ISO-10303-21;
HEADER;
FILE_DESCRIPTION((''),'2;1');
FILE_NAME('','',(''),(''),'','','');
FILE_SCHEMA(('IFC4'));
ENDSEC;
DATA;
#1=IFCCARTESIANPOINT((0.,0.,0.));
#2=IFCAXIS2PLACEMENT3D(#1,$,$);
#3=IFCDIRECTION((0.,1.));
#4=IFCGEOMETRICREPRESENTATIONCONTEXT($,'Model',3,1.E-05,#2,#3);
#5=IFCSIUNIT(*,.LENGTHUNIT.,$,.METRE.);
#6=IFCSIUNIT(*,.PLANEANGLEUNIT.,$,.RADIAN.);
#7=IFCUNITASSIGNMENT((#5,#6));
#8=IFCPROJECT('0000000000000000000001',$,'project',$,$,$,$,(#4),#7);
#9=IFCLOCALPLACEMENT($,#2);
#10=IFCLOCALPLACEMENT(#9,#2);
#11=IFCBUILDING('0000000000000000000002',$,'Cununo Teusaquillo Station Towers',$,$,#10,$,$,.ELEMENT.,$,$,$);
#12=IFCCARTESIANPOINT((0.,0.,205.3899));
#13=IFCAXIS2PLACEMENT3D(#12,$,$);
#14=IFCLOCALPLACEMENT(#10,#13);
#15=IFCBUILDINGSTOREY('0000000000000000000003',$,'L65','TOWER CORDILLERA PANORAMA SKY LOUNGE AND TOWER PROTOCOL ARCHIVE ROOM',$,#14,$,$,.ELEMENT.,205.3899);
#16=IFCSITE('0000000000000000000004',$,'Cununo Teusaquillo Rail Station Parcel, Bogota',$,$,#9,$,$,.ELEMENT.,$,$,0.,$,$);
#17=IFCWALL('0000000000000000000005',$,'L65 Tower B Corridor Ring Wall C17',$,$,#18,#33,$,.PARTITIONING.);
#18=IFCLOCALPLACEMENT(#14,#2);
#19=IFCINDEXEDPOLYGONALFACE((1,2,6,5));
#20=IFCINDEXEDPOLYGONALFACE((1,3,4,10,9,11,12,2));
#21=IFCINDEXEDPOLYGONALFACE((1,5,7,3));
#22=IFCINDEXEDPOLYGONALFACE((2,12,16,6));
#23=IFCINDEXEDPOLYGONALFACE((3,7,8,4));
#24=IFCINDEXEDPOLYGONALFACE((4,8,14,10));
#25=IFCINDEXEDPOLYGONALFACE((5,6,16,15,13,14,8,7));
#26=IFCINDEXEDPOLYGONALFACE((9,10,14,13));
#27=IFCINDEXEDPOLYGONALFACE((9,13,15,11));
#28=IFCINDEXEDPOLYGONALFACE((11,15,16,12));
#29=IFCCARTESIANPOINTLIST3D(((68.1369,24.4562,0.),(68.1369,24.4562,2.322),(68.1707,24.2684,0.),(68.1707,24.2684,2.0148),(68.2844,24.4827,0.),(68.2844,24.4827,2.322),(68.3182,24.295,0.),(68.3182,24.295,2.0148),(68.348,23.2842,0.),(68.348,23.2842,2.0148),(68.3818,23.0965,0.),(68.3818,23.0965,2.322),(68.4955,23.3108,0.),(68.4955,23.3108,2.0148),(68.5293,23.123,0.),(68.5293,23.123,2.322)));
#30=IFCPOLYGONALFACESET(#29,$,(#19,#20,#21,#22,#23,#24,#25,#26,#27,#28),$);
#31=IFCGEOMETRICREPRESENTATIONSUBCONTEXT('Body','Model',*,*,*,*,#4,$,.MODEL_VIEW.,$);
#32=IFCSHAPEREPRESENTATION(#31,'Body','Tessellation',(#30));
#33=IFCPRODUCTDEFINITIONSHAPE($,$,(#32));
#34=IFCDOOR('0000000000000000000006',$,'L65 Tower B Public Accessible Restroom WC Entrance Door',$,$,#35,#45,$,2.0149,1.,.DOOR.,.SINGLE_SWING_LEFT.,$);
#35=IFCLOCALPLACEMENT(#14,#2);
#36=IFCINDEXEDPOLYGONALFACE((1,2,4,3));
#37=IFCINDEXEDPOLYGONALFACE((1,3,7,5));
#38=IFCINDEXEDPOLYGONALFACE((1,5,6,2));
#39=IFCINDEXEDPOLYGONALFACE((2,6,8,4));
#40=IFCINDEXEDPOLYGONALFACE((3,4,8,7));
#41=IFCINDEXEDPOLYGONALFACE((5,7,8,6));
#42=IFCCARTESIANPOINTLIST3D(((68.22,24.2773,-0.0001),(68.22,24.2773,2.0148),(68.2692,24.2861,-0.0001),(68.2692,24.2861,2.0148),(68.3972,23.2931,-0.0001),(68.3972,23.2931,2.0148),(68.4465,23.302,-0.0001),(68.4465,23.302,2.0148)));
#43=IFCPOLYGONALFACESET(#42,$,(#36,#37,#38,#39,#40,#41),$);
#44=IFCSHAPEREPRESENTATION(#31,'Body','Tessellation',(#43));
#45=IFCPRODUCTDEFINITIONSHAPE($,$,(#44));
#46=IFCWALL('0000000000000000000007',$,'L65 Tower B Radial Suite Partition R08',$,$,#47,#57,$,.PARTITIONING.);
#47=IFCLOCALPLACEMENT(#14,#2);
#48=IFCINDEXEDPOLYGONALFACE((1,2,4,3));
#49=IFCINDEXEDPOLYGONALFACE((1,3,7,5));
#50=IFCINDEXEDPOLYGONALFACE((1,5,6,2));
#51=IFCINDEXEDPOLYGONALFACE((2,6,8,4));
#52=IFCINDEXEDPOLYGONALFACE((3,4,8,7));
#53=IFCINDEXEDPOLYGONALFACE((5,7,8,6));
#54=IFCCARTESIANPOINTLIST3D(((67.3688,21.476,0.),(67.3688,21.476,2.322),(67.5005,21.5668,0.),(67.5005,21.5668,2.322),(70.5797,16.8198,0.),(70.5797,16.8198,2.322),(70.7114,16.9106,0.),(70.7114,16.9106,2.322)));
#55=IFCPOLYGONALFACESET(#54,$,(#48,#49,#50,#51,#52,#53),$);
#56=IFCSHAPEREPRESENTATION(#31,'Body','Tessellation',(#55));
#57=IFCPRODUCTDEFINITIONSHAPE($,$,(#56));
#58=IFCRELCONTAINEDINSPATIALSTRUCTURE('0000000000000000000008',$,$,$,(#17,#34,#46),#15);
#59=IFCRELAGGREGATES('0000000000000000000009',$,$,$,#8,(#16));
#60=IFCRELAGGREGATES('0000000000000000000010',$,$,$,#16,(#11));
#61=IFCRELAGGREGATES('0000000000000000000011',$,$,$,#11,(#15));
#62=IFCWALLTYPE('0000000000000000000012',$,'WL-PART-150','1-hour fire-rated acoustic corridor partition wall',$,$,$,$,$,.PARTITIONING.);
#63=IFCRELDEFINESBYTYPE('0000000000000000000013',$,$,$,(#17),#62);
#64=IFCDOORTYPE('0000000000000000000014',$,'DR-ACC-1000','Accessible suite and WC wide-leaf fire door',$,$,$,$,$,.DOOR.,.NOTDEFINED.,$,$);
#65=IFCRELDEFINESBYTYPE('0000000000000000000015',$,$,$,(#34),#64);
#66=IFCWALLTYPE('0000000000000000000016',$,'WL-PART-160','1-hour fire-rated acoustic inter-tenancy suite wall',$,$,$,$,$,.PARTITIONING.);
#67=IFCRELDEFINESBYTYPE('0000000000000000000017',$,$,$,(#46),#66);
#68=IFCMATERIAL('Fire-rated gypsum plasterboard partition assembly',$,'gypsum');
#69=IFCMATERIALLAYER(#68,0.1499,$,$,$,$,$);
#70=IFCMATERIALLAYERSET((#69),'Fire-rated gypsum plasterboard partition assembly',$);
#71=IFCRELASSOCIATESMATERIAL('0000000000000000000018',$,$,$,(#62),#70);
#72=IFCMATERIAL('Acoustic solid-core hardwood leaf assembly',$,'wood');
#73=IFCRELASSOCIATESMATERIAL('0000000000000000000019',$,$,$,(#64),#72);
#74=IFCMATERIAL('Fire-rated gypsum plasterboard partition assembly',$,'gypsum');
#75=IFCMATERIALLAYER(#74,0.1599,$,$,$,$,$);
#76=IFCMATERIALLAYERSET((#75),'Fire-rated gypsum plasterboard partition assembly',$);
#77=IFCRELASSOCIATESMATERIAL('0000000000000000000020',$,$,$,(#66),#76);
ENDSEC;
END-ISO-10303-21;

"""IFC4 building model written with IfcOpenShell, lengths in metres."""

from ifc_helpers import new_model, si_unit, direction, frame, frame_2d, origin, place, context, subcontext, project, spatial, rectangle, extrude, source, transform, mapped, material, layer, layer_set, type_object, element, fill, save


model = new_model("IFC4")

# Units and contexts
model_context = context("Model", 3, precision=1e-05, world=origin(), true_north=direction((0.0, 1.0)))
body_context = subcontext(model_context, "Body", "Model", "MODEL_VIEW")
ifc_project = project(units=[si_unit("LENGTHUNIT", "METRE"), si_unit("PLANEANGLEUNIT", "RADIAN")], contexts=[model_context])

# Site, building, storey
site_placement = place(None, origin())
site = spatial("IfcSite", under=ifc_project, at=site_placement, Name="Cununo Teusaquillo Rail Station Parcel, Bogota", CompositionType="ELEMENT", RefElevation=0.0)
building_placement = place(site_placement, origin())
building = spatial("IfcBuilding", under=site, at=building_placement, Name="Cununo Teusaquillo Station Towers", CompositionType="ELEMENT")
storey_placement = place(building_placement, frame((0.0, 0.0, 205.3899)))
storey = spatial("IfcBuildingStorey", under=building, at=storey_placement, Name="L65", Description="TOWER CORDILLERA PANORAMA SKY LOUNGE AND TOWER PROTOCOL ARCHIVE ROOM", CompositionType="ELEMENT", Elevation=205.3899)

# Shared definitions
ifc_material_1 = material(Name="Fire-rated gypsum plasterboard partition assembly", Category="gypsum")
ifc_layer_1 = layer(ifc_material_1, 0.1499)
ifc_layer_set_1 = layer_set([ifc_layer_1], Name="Fire-rated gypsum plasterboard partition assembly")
wall_type_1 = type_object("IfcWallType", Name="WL-PART-150", Description="1-hour fire-rated acoustic corridor partition wall", PredefinedType="PARTITIONING", material=ifc_layer_set_1)

# Wall, opening, door
wall_1_placement = place(storey_placement, frame((68.4556, 23.1096, 0.0), z_axis=(0.0, 0.0, 1.0), x_axis=(-0.177252, 0.984165, 0.0)))
wall_1 = element("IfcWall", 1, at=wall_1_placement, inside=storey, type_object=wall_type_1, Name="L65 Tower B Corridor Ring Wall C17", PredefinedType="PARTITIONING", context=body_context, shape_type="SweptSolid", body=[
    extrude(rectangle(XDim=1.3816, YDim=0.1499, at=frame_2d((0.6909, 0.0))), origin(), (0.0, 0.0, 1.0), 2.322),
])
shared_shape_1 = source(origin(), body_context, "Body", "SweptSolid", [
    extrude(rectangle(XDim=1.0, YDim=2.0149, at=frame_2d((0.5, 1.0073))), frame((0.0, 0.085, 0.0), z_axis=(0.0, -1.0, 0.0), x_axis=(1.0, 0.0, 0.0)), (0.0, 0.0, 1.0), 0.1699),
])
opening_1_placement = place(wall_1_placement, frame((0.1909, 0.0, 0.0)))
opening_1 = element("IfcOpeningElement", 2, at=opening_1_placement, cuts=wall_1, PredefinedType="OPENING", context=body_context, shape_type="MappedRepresentation", body=[
    mapped(shared_shape_1, transform((0.0, 0.0, 0.0), x_axis=(1.0, 0.0, 0.0), y_axis=(0.0, 1.0, 0.0), z_axis=(0.0, 0.0, 1.0), scale=1.0)),
])
ifc_material_2 = material(Name="Acoustic solid-core hardwood leaf assembly", Category="wood")
door_type_1 = type_object("IfcDoorType", Name="DR-ACC-1000", Description="Accessible suite and WC wide-leaf fire door", OperationType="NOTDEFINED", PredefinedType="DOOR", material=ifc_material_2)
shared_shape_2 = source(origin(), body_context, "Body", "SweptSolid", [
    extrude(rectangle(XDim=1.0, YDim=2.0149, at=frame_2d((0.5, 1.0073))), frame((0.0, 0.0249, 0.0), z_axis=(0.0, -1.0, 0.0), x_axis=(1.0, 0.0, 0.0)), (0.0, 0.0, 1.0), 0.05),
])
door_1_placement = place(opening_1_placement, origin())
door_1 = element("IfcDoor", 3, at=door_1_placement, inside=storey, type_object=door_type_1, Name="L65 Tower B Public Accessible Restroom WC Entrance Door", OperationType="SINGLE_SWING_LEFT", OverallHeight=2.0149, OverallWidth=1.0, PredefinedType="DOOR", context=body_context, shape_type="MappedRepresentation", body=[
    mapped(shared_shape_2, transform((0.0, 0.0, 0.0), x_axis=(1.0, 0.0, 0.0), y_axis=(0.0, 1.0, 0.0), z_axis=(0.0, 0.0, 1.0), scale=1.0)),
])
fill(opening_1, door_1)

# Wall
ifc_material_3 = material(Name="Fire-rated gypsum plasterboard partition assembly", Category="gypsum")
ifc_layer_2 = layer(ifc_material_3, 0.1599)
ifc_layer_set_2 = layer_set([ifc_layer_2], Name="Fire-rated gypsum plasterboard partition assembly")
wall_type_2 = type_object("IfcWallType", Name="WL-PART-160", Description="1-hour fire-rated acoustic inter-tenancy suite wall", PredefinedType="PARTITIONING", material=ifc_layer_set_2)
wall_2_placement = place(storey_placement, frame((67.4346, 21.5215, 0.0), z_axis=(0.0, 0.0, 1.0), x_axis=(0.567701, -0.823235, 0.0)))
element("IfcWall", 4, at=wall_2_placement, inside=storey, type_object=wall_type_2, Name="L65 Tower B Radial Suite Partition R08", PredefinedType="PARTITIONING", context=body_context, shape_type="SweptSolid", body=[
    extrude(rectangle(XDim=5.656, YDim=0.1599, at=frame_2d((2.8281, 0.0))), origin(), (0.0, 0.0, 1.0), 2.322),
])

save(model, "model.ifc")
